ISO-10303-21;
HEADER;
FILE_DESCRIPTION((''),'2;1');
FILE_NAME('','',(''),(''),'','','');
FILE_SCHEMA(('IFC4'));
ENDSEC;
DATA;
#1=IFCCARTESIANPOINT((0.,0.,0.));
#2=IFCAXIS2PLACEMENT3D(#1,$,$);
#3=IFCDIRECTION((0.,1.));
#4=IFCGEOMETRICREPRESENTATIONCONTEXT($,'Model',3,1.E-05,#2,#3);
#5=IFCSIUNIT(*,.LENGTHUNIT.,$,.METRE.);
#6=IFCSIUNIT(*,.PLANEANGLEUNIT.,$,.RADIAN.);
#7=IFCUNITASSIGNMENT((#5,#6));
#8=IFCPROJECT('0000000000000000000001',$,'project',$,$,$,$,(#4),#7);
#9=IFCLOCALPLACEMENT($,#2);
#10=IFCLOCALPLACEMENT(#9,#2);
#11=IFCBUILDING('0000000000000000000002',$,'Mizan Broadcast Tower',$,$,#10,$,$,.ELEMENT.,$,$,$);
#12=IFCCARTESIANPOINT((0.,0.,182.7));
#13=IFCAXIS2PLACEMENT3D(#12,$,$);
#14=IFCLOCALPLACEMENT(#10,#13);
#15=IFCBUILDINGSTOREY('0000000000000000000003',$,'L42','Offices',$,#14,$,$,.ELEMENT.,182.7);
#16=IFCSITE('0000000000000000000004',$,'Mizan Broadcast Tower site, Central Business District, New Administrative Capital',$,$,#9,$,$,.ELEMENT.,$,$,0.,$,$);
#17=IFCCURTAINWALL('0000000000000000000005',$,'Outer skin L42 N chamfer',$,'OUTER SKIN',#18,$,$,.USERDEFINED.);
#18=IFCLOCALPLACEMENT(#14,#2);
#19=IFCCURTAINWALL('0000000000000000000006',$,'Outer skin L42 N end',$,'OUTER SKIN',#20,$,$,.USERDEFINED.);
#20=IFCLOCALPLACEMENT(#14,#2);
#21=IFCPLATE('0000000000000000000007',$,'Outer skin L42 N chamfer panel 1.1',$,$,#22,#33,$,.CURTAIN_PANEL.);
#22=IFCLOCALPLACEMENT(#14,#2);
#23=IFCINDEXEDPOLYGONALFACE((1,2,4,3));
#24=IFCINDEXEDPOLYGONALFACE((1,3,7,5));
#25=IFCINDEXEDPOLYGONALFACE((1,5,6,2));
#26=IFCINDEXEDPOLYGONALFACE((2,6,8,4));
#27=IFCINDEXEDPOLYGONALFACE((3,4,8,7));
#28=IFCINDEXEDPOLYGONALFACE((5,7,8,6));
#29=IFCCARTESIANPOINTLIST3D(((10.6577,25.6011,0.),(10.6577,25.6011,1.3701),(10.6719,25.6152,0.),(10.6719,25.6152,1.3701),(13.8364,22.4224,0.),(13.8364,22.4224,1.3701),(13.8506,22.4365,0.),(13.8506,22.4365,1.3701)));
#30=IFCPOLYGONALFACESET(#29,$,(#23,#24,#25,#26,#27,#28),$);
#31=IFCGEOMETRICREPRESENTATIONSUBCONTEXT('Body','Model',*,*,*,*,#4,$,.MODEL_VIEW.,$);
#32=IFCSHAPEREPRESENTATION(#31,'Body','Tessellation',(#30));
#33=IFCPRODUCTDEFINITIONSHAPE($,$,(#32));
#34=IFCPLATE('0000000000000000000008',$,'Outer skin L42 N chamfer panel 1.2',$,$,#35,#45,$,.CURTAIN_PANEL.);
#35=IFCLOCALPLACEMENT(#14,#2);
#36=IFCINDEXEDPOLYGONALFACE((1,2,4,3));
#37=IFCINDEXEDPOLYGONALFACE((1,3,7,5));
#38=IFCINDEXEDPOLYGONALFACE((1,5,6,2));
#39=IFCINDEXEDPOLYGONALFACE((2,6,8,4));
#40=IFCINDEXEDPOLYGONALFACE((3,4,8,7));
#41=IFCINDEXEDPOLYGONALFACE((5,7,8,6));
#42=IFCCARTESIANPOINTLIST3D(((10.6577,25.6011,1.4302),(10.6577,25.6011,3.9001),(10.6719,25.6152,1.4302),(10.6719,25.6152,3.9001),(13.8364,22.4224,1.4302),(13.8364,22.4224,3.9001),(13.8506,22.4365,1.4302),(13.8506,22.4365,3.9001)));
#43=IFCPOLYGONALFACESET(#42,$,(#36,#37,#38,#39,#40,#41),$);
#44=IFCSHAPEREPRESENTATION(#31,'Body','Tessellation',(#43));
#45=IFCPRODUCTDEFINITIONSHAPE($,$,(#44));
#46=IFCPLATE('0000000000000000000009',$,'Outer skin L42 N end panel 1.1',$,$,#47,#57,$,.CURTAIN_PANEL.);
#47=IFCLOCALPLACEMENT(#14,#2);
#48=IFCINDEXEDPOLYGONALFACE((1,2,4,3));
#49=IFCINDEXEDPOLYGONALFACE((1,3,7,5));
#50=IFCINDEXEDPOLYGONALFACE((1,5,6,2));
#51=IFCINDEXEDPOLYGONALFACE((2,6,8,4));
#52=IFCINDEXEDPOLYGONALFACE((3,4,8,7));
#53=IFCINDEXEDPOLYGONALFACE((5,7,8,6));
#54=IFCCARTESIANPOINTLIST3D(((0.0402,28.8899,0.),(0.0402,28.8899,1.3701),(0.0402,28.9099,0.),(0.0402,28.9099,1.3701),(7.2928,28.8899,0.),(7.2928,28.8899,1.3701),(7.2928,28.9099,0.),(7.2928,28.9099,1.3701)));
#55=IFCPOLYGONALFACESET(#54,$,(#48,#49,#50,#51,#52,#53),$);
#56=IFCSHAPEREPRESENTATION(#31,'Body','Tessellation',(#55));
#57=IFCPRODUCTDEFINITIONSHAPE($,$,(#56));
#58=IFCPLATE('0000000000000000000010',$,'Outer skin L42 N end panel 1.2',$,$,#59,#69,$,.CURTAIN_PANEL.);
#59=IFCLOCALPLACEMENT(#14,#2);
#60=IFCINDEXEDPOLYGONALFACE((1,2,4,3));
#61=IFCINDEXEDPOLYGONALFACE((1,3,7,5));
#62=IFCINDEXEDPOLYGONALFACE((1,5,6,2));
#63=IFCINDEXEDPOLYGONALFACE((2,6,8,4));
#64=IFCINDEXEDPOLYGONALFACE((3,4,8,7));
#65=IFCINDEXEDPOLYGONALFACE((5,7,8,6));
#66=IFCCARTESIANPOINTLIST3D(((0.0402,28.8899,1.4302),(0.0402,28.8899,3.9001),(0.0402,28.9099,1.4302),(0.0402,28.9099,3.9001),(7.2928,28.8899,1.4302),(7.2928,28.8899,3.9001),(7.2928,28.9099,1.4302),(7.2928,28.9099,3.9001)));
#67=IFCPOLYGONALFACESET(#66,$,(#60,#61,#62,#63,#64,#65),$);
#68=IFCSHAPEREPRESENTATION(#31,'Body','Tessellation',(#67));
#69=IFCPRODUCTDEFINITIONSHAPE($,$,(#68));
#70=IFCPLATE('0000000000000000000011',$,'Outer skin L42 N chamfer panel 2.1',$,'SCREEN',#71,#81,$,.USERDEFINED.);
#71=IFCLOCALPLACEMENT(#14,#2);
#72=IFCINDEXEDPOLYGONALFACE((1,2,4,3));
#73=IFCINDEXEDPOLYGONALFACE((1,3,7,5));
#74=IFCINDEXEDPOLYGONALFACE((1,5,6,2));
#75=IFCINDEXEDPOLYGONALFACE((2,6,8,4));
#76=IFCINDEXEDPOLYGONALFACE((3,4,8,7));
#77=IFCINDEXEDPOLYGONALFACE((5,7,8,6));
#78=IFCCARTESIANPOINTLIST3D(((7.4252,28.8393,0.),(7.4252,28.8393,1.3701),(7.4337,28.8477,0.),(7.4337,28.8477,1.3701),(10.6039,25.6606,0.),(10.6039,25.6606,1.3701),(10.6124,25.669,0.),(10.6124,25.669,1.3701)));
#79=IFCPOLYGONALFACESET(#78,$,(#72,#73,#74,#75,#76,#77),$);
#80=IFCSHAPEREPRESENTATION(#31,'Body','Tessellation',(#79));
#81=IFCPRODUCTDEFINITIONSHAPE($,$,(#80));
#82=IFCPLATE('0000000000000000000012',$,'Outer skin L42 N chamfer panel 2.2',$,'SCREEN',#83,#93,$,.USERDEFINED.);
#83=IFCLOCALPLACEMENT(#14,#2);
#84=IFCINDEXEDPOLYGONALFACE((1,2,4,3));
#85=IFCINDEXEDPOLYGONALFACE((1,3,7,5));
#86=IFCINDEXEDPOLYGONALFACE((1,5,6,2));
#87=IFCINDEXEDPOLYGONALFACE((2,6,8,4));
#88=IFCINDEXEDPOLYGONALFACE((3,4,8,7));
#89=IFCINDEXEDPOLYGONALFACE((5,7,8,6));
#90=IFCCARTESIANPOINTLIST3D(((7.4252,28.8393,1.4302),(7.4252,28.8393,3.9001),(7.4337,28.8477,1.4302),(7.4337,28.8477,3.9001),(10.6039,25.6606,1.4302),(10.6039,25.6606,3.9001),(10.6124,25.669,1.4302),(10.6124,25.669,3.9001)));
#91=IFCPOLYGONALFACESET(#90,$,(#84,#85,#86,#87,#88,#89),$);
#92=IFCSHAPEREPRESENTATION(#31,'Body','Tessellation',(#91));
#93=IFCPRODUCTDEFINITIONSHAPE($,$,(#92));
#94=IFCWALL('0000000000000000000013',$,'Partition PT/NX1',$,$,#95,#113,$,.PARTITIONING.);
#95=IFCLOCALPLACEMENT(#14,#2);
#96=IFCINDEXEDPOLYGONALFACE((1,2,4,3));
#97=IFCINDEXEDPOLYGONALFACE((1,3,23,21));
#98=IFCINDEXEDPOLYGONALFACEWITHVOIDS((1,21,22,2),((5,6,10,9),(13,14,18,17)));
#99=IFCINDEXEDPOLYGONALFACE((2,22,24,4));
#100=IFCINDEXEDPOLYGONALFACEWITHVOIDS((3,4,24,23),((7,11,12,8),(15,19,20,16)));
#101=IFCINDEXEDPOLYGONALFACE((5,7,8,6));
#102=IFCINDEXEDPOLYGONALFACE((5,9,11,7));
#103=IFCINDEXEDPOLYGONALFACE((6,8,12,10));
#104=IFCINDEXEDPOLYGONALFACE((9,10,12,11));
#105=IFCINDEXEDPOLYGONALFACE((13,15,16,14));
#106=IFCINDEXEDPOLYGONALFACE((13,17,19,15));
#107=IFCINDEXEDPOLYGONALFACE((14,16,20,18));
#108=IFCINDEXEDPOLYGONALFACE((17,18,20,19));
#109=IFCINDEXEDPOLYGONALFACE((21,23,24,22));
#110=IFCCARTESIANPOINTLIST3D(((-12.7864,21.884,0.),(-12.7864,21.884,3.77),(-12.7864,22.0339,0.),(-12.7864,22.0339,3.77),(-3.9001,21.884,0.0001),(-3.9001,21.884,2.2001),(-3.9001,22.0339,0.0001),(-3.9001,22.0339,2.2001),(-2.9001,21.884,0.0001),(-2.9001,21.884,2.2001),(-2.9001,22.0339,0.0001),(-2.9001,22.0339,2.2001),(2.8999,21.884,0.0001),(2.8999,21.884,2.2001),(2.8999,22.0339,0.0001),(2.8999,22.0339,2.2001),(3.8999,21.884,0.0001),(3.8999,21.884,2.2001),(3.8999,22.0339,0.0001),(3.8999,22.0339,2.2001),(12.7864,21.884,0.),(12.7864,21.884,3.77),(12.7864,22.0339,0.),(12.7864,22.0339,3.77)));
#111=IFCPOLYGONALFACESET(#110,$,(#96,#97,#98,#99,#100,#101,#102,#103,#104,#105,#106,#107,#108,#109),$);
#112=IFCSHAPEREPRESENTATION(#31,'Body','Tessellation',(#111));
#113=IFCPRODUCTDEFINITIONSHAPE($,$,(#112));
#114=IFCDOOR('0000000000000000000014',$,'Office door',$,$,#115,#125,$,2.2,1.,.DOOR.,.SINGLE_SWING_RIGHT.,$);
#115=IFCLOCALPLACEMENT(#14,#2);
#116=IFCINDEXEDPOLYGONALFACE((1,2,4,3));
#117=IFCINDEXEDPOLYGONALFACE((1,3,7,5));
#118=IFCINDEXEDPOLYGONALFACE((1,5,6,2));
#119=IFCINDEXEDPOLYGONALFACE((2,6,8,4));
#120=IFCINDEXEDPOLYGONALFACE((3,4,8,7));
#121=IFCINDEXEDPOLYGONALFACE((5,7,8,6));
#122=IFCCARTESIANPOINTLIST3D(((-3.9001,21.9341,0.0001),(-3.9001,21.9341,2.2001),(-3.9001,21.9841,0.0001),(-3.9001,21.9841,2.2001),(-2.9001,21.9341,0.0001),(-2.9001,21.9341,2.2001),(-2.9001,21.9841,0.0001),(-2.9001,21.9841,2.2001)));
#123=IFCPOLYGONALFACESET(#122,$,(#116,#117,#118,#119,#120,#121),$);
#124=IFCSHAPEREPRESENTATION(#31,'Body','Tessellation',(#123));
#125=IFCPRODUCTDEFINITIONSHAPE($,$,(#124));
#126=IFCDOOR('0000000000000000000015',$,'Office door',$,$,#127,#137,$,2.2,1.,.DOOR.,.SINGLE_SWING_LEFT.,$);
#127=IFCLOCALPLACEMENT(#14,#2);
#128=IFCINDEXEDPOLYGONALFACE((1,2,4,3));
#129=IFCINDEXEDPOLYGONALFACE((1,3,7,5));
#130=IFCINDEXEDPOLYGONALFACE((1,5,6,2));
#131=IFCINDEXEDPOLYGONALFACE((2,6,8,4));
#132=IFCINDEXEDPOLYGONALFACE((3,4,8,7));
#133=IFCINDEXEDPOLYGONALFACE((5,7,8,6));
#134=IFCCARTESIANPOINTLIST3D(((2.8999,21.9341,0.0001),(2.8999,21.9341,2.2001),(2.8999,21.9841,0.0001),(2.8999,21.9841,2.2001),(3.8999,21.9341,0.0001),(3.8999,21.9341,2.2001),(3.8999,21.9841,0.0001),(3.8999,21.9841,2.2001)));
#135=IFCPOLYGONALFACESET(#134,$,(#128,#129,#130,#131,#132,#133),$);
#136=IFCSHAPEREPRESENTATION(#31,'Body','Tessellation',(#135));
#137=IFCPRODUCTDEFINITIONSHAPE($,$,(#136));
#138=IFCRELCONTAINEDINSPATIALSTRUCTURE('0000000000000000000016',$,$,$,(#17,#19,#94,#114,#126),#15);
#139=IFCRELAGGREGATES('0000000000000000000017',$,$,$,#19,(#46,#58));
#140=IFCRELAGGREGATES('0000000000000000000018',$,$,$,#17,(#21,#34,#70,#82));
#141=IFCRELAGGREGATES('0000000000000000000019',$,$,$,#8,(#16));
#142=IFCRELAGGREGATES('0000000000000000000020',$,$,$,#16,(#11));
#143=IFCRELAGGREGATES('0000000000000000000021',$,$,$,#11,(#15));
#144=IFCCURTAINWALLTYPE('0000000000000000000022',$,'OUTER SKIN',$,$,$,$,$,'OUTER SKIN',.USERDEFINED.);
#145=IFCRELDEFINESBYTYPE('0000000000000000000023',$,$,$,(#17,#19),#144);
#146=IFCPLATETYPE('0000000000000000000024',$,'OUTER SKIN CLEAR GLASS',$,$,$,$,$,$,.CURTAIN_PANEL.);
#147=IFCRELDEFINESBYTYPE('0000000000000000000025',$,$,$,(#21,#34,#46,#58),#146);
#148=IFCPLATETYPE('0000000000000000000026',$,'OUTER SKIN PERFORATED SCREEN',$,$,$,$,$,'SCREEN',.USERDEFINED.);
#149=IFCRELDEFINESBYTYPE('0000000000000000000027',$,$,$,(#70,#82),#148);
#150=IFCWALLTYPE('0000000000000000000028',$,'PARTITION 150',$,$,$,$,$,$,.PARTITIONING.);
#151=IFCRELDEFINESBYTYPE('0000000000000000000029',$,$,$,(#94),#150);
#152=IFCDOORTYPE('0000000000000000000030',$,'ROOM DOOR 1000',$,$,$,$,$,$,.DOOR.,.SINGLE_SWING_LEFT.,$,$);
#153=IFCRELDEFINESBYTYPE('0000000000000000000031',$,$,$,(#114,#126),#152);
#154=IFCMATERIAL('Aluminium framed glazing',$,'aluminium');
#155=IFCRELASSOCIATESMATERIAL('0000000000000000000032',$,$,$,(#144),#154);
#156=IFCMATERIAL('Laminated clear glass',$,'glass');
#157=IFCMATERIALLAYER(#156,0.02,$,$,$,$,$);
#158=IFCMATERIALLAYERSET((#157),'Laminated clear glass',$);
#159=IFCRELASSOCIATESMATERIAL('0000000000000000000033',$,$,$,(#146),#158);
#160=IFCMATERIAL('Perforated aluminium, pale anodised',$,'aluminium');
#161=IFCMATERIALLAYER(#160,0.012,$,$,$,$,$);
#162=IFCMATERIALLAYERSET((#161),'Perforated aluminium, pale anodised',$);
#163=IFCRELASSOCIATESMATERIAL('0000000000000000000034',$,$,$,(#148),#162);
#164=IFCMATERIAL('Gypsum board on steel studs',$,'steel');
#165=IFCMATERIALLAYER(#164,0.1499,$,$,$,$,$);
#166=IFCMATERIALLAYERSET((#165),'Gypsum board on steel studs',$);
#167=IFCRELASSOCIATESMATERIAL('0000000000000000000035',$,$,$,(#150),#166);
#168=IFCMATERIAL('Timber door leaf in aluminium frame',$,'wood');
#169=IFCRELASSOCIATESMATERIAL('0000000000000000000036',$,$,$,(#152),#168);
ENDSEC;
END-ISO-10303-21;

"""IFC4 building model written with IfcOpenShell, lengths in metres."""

from ifc_helpers import new_model, si_unit, direction, frame, frame_2d, origin, origin_2d, place, context, subcontext, project, spatial, rectangle, extrude, material, layer, layer_set, type_object, element, fill, aggregate, save


model = new_model("IFC4")

# Units and contexts
model_context = context("Model", 3, precision=1e-05, world=origin(), true_north=direction((0.0, 1.0)))
body_context = subcontext(model_context, "Body", "Model", "MODEL_VIEW")
ifc_project = project(units=[si_unit("LENGTHUNIT", "METRE"), si_unit("PLANEANGLEUNIT", "RADIAN")], contexts=[model_context])

# Site, building, storey
site_placement = place(None, origin())
site = spatial("IfcSite", under=ifc_project, at=site_placement, Name="Mizan Broadcast Tower site, Central Business District, New Administrative Capital", CompositionType="ELEMENT", RefElevation=0.0)
building_placement = place(site_placement, origin())
building = spatial("IfcBuilding", under=site, at=building_placement, Name="Mizan Broadcast Tower", CompositionType="ELEMENT")
storey_placement = place(building_placement, frame((0.0, 0.0, 182.7)))
storey = spatial("IfcBuildingStorey", under=building, at=storey_placement, Name="L42", Description="Offices", CompositionType="ELEMENT", Elevation=182.7)

# Shared definitions
ifc_material_1 = material(Name="Aluminium framed glazing", Category="aluminium")
curtain_wall_type_1 = type_object("IfcCurtainWallType", Name="OUTER SKIN", ElementType="OUTER SKIN", PredefinedType="USERDEFINED", material=ifc_material_1)

# Curtain wall
curtain_wall_1_placement = place(storey_placement, origin())
curtain_wall_1 = element("IfcCurtainWall", 1, at=curtain_wall_1_placement, inside=storey, type_object=curtain_wall_type_1, Name="Outer skin L42 N chamfer", ObjectType="OUTER SKIN", PredefinedType="USERDEFINED")

# Curtain wall
curtain_wall_2_placement = place(storey_placement, origin())
curtain_wall_2 = element("IfcCurtainWall", 2, at=curtain_wall_2_placement, inside=storey, type_object=curtain_wall_type_1, Name="Outer skin L42 N end", ObjectType="OUTER SKIN", PredefinedType="USERDEFINED")

# Plates
ifc_material_2 = material(Name="Laminated clear glass", Category="glass")
ifc_layer_1 = layer(ifc_material_2, 0.02)
ifc_layer_set_1 = layer_set([ifc_layer_1], Name="Laminated clear glass")
plate_type_1 = type_object("IfcPlateType", Name="OUTER SKIN CLEAR GLASS", PredefinedType="CURTAIN_PANEL", material=ifc_layer_set_1)
plate_1_placement = place(storey_placement, frame((12.2542, 24.0188, 0.0), z_axis=(0.0, 0.0, 1.0), x_axis=(-0.707107, 0.707107, 0.0)))
plate_1 = element("IfcPlate", 3, at=plate_1_placement, type_object=plate_type_1, Name="Outer skin L42 N chamfer panel 1.1", PredefinedType="CURTAIN_PANEL", context=body_context, shape_type="SweptSolid", body=[
    extrude(rectangle(XDim=4.4954, YDim=0.02, at=origin_2d()), origin(), (0.0, 0.0, 1.0), 1.3701),
])
plate_2_placement = place(storey_placement, frame((12.2542, 24.0188, 1.4302), z_axis=(0.0, 0.0, 1.0), x_axis=(-0.707107, 0.707107, 0.0)))
plate_2 = element("IfcPlate", 4, at=plate_2_placement, type_object=plate_type_1, Name="Outer skin L42 N chamfer panel 1.2", PredefinedType="CURTAIN_PANEL", context=body_context, shape_type="SweptSolid", body=[
    extrude(rectangle(XDim=4.4954, YDim=0.02, at=origin_2d()), origin(), (0.0, 0.0, 1.0), 2.47),
])
plate_3_placement = place(storey_placement, frame((3.6665, 28.8999, 0.0), z_axis=(0.0, 0.0, 1.0), x_axis=(-1.0, 0.0, 0.0)))
plate_3 = element("IfcPlate", 5, at=plate_3_placement, type_object=plate_type_1, Name="Outer skin L42 N end panel 1.1", PredefinedType="CURTAIN_PANEL", context=body_context, shape_type="SweptSolid", body=[
    extrude(rectangle(XDim=7.2527, YDim=0.02, at=origin_2d()), origin(), (0.0, 0.0, 1.0), 1.3701),
])
plate_4_placement = place(storey_placement, frame((3.6665, 28.8999, 1.4302), z_axis=(0.0, 0.0, 1.0), x_axis=(-1.0, 0.0, 0.0)))
plate_4 = element("IfcPlate", 6, at=plate_4_placement, type_object=plate_type_1, Name="Outer skin L42 N end panel 1.2", PredefinedType="CURTAIN_PANEL", context=body_context, shape_type="SweptSolid", body=[
    extrude(rectangle(XDim=7.2527, YDim=0.02, at=origin_2d()), origin(), (0.0, 0.0, 1.0), 2.47),
])
aggregate(curtain_wall_2, [plate_3, plate_4])
ifc_material_3 = material(Name="Perforated aluminium, pale anodised", Category="aluminium")
ifc_layer_2 = layer(ifc_material_3, 0.012)
ifc_layer_set_2 = layer_set([ifc_layer_2], Name="Perforated aluminium, pale anodised")
plate_type_2 = type_object("IfcPlateType", Name="OUTER SKIN PERFORATED SCREEN", ElementType="SCREEN", PredefinedType="USERDEFINED", material=ifc_layer_set_2)
plate_5_placement = place(storey_placement, frame((9.0188, 27.2542, 0.0), z_axis=(0.0, 0.0, 1.0), x_axis=(-0.707107, 0.707107, 0.0)))
plate_5 = element("IfcPlate", 7, at=plate_5_placement, type_object=plate_type_2, Name="Outer skin L42 N chamfer panel 2.1", ObjectType="SCREEN", PredefinedType="USERDEFINED", context=body_context, shape_type="SweptSolid", body=[
    extrude(rectangle(XDim=4.4954, YDim=0.012, at=origin_2d()), origin(), (0.0, 0.0, 1.0), 1.3701),
])
plate_6_placement = place(storey_placement, frame((9.0188, 27.2542, 1.4302), z_axis=(0.0, 0.0, 1.0), x_axis=(-0.707107, 0.707107, 0.0)))
plate_6 = element("IfcPlate", 8, at=plate_6_placement, type_object=plate_type_2, Name="Outer skin L42 N chamfer panel 2.2", ObjectType="SCREEN", PredefinedType="USERDEFINED", context=body_context, shape_type="SweptSolid", body=[
    extrude(rectangle(XDim=4.4954, YDim=0.012, at=origin_2d()), origin(), (0.0, 0.0, 1.0), 2.47),
])
aggregate(curtain_wall_1, [plate_1, plate_2, plate_5, plate_6])

# Wall, openings, doors
ifc_material_4 = material(Name="Gypsum board on steel studs", Category="steel")
ifc_layer_3 = layer(ifc_material_4, 0.1499)
ifc_layer_set_3 = layer_set([ifc_layer_3], Name="Gypsum board on steel studs")
wall_type = type_object("IfcWallType", Name="PARTITION 150", PredefinedType="PARTITIONING", material=ifc_layer_set_3)
wall_placement = place(storey_placement, frame((12.7864, 21.959, 0.0), z_axis=(0.0, 0.0, 1.0), x_axis=(-1.0, 0.0, 0.0)))
wall = element("IfcWall", 9, at=wall_placement, inside=storey, type_object=wall_type, Name="Partition PT/NX1", PredefinedType="PARTITIONING", context=body_context, shape_type="SweptSolid", body=[
    extrude(rectangle(XDim=25.5728, YDim=0.1499, at=frame_2d((12.7864, 0.0))), origin(), (0.0, 0.0, 1.0), 3.77),
])
opening_1_placement = place(wall_placement, frame((15.6865, 0.0, 0.0)))
opening_1 = element("IfcOpeningElement", 10, at=opening_1_placement, cuts=wall, PredefinedType="OPENING", context=body_context, shape_type="SweptSolid", body=[
    extrude(rectangle(XDim=1.0, YDim=2.2, at=frame_2d((0.5, 1.1001))), frame((0.0, 0.085, 0.0), z_axis=(0.0, -1.0, 0.0), x_axis=(1.0, 0.0, 0.0)), (0.0, 0.0, 1.0), 0.1699),
])
opening_2_placement = place(wall_placement, frame((8.8865, 0.0, 0.0)))
opening_2 = element("IfcOpeningElement", 11, at=opening_2_placement, cuts=wall, PredefinedType="OPENING", context=body_context, shape_type="SweptSolid", body=[
    extrude(rectangle(XDim=1.0, YDim=2.2, at=frame_2d((0.5, 1.1001))), frame((0.0, 0.085, 0.0), z_axis=(0.0, -1.0, 0.0), x_axis=(1.0, 0.0, 0.0)), (0.0, 0.0, 1.0), 0.1699),
])
ifc_material_5 = material(Name="Timber door leaf in aluminium frame", Category="wood")
door_type = type_object("IfcDoorType", Name="ROOM DOOR 1000", OperationType="SINGLE_SWING_LEFT", PredefinedType="DOOR", material=ifc_material_5)
door_1_placement = place(opening_1_placement, origin())
door_1 = element("IfcDoor", 12, at=door_1_placement, inside=storey, type_object=door_type, Name="Office door", OperationType="SINGLE_SWING_RIGHT", OverallHeight=2.2, OverallWidth=1.0, PredefinedType="DOOR", context=body_context, shape_type="SweptSolid", body=[
    extrude(rectangle(XDim=1.0, YDim=2.2, at=frame_2d((0.5, 1.1001))), frame((0.0, 0.0249, 0.0), z_axis=(0.0, -1.0, 0.0), x_axis=(1.0, 0.0, 0.0)), (0.0, 0.0, 1.0), 0.05),
])
fill(opening_1, door_1)
door_2_placement = place(opening_2_placement, origin())
door_2 = element("IfcDoor", 13, at=door_2_placement, inside=storey, type_object=door_type, Name="Office door", OperationType="SINGLE_SWING_LEFT", OverallHeight=2.2, OverallWidth=1.0, PredefinedType="DOOR", context=body_context, shape_type="SweptSolid", body=[
    extrude(rectangle(XDim=1.0, YDim=2.2, at=frame_2d((0.5, 1.1001))), frame((0.0, 0.0249, 0.0), z_axis=(0.0, -1.0, 0.0), x_axis=(1.0, 0.0, 0.0)), (0.0, 0.0, 1.0), 0.05),
])
fill(opening_2, door_2)

save(model, "model.ifc")
